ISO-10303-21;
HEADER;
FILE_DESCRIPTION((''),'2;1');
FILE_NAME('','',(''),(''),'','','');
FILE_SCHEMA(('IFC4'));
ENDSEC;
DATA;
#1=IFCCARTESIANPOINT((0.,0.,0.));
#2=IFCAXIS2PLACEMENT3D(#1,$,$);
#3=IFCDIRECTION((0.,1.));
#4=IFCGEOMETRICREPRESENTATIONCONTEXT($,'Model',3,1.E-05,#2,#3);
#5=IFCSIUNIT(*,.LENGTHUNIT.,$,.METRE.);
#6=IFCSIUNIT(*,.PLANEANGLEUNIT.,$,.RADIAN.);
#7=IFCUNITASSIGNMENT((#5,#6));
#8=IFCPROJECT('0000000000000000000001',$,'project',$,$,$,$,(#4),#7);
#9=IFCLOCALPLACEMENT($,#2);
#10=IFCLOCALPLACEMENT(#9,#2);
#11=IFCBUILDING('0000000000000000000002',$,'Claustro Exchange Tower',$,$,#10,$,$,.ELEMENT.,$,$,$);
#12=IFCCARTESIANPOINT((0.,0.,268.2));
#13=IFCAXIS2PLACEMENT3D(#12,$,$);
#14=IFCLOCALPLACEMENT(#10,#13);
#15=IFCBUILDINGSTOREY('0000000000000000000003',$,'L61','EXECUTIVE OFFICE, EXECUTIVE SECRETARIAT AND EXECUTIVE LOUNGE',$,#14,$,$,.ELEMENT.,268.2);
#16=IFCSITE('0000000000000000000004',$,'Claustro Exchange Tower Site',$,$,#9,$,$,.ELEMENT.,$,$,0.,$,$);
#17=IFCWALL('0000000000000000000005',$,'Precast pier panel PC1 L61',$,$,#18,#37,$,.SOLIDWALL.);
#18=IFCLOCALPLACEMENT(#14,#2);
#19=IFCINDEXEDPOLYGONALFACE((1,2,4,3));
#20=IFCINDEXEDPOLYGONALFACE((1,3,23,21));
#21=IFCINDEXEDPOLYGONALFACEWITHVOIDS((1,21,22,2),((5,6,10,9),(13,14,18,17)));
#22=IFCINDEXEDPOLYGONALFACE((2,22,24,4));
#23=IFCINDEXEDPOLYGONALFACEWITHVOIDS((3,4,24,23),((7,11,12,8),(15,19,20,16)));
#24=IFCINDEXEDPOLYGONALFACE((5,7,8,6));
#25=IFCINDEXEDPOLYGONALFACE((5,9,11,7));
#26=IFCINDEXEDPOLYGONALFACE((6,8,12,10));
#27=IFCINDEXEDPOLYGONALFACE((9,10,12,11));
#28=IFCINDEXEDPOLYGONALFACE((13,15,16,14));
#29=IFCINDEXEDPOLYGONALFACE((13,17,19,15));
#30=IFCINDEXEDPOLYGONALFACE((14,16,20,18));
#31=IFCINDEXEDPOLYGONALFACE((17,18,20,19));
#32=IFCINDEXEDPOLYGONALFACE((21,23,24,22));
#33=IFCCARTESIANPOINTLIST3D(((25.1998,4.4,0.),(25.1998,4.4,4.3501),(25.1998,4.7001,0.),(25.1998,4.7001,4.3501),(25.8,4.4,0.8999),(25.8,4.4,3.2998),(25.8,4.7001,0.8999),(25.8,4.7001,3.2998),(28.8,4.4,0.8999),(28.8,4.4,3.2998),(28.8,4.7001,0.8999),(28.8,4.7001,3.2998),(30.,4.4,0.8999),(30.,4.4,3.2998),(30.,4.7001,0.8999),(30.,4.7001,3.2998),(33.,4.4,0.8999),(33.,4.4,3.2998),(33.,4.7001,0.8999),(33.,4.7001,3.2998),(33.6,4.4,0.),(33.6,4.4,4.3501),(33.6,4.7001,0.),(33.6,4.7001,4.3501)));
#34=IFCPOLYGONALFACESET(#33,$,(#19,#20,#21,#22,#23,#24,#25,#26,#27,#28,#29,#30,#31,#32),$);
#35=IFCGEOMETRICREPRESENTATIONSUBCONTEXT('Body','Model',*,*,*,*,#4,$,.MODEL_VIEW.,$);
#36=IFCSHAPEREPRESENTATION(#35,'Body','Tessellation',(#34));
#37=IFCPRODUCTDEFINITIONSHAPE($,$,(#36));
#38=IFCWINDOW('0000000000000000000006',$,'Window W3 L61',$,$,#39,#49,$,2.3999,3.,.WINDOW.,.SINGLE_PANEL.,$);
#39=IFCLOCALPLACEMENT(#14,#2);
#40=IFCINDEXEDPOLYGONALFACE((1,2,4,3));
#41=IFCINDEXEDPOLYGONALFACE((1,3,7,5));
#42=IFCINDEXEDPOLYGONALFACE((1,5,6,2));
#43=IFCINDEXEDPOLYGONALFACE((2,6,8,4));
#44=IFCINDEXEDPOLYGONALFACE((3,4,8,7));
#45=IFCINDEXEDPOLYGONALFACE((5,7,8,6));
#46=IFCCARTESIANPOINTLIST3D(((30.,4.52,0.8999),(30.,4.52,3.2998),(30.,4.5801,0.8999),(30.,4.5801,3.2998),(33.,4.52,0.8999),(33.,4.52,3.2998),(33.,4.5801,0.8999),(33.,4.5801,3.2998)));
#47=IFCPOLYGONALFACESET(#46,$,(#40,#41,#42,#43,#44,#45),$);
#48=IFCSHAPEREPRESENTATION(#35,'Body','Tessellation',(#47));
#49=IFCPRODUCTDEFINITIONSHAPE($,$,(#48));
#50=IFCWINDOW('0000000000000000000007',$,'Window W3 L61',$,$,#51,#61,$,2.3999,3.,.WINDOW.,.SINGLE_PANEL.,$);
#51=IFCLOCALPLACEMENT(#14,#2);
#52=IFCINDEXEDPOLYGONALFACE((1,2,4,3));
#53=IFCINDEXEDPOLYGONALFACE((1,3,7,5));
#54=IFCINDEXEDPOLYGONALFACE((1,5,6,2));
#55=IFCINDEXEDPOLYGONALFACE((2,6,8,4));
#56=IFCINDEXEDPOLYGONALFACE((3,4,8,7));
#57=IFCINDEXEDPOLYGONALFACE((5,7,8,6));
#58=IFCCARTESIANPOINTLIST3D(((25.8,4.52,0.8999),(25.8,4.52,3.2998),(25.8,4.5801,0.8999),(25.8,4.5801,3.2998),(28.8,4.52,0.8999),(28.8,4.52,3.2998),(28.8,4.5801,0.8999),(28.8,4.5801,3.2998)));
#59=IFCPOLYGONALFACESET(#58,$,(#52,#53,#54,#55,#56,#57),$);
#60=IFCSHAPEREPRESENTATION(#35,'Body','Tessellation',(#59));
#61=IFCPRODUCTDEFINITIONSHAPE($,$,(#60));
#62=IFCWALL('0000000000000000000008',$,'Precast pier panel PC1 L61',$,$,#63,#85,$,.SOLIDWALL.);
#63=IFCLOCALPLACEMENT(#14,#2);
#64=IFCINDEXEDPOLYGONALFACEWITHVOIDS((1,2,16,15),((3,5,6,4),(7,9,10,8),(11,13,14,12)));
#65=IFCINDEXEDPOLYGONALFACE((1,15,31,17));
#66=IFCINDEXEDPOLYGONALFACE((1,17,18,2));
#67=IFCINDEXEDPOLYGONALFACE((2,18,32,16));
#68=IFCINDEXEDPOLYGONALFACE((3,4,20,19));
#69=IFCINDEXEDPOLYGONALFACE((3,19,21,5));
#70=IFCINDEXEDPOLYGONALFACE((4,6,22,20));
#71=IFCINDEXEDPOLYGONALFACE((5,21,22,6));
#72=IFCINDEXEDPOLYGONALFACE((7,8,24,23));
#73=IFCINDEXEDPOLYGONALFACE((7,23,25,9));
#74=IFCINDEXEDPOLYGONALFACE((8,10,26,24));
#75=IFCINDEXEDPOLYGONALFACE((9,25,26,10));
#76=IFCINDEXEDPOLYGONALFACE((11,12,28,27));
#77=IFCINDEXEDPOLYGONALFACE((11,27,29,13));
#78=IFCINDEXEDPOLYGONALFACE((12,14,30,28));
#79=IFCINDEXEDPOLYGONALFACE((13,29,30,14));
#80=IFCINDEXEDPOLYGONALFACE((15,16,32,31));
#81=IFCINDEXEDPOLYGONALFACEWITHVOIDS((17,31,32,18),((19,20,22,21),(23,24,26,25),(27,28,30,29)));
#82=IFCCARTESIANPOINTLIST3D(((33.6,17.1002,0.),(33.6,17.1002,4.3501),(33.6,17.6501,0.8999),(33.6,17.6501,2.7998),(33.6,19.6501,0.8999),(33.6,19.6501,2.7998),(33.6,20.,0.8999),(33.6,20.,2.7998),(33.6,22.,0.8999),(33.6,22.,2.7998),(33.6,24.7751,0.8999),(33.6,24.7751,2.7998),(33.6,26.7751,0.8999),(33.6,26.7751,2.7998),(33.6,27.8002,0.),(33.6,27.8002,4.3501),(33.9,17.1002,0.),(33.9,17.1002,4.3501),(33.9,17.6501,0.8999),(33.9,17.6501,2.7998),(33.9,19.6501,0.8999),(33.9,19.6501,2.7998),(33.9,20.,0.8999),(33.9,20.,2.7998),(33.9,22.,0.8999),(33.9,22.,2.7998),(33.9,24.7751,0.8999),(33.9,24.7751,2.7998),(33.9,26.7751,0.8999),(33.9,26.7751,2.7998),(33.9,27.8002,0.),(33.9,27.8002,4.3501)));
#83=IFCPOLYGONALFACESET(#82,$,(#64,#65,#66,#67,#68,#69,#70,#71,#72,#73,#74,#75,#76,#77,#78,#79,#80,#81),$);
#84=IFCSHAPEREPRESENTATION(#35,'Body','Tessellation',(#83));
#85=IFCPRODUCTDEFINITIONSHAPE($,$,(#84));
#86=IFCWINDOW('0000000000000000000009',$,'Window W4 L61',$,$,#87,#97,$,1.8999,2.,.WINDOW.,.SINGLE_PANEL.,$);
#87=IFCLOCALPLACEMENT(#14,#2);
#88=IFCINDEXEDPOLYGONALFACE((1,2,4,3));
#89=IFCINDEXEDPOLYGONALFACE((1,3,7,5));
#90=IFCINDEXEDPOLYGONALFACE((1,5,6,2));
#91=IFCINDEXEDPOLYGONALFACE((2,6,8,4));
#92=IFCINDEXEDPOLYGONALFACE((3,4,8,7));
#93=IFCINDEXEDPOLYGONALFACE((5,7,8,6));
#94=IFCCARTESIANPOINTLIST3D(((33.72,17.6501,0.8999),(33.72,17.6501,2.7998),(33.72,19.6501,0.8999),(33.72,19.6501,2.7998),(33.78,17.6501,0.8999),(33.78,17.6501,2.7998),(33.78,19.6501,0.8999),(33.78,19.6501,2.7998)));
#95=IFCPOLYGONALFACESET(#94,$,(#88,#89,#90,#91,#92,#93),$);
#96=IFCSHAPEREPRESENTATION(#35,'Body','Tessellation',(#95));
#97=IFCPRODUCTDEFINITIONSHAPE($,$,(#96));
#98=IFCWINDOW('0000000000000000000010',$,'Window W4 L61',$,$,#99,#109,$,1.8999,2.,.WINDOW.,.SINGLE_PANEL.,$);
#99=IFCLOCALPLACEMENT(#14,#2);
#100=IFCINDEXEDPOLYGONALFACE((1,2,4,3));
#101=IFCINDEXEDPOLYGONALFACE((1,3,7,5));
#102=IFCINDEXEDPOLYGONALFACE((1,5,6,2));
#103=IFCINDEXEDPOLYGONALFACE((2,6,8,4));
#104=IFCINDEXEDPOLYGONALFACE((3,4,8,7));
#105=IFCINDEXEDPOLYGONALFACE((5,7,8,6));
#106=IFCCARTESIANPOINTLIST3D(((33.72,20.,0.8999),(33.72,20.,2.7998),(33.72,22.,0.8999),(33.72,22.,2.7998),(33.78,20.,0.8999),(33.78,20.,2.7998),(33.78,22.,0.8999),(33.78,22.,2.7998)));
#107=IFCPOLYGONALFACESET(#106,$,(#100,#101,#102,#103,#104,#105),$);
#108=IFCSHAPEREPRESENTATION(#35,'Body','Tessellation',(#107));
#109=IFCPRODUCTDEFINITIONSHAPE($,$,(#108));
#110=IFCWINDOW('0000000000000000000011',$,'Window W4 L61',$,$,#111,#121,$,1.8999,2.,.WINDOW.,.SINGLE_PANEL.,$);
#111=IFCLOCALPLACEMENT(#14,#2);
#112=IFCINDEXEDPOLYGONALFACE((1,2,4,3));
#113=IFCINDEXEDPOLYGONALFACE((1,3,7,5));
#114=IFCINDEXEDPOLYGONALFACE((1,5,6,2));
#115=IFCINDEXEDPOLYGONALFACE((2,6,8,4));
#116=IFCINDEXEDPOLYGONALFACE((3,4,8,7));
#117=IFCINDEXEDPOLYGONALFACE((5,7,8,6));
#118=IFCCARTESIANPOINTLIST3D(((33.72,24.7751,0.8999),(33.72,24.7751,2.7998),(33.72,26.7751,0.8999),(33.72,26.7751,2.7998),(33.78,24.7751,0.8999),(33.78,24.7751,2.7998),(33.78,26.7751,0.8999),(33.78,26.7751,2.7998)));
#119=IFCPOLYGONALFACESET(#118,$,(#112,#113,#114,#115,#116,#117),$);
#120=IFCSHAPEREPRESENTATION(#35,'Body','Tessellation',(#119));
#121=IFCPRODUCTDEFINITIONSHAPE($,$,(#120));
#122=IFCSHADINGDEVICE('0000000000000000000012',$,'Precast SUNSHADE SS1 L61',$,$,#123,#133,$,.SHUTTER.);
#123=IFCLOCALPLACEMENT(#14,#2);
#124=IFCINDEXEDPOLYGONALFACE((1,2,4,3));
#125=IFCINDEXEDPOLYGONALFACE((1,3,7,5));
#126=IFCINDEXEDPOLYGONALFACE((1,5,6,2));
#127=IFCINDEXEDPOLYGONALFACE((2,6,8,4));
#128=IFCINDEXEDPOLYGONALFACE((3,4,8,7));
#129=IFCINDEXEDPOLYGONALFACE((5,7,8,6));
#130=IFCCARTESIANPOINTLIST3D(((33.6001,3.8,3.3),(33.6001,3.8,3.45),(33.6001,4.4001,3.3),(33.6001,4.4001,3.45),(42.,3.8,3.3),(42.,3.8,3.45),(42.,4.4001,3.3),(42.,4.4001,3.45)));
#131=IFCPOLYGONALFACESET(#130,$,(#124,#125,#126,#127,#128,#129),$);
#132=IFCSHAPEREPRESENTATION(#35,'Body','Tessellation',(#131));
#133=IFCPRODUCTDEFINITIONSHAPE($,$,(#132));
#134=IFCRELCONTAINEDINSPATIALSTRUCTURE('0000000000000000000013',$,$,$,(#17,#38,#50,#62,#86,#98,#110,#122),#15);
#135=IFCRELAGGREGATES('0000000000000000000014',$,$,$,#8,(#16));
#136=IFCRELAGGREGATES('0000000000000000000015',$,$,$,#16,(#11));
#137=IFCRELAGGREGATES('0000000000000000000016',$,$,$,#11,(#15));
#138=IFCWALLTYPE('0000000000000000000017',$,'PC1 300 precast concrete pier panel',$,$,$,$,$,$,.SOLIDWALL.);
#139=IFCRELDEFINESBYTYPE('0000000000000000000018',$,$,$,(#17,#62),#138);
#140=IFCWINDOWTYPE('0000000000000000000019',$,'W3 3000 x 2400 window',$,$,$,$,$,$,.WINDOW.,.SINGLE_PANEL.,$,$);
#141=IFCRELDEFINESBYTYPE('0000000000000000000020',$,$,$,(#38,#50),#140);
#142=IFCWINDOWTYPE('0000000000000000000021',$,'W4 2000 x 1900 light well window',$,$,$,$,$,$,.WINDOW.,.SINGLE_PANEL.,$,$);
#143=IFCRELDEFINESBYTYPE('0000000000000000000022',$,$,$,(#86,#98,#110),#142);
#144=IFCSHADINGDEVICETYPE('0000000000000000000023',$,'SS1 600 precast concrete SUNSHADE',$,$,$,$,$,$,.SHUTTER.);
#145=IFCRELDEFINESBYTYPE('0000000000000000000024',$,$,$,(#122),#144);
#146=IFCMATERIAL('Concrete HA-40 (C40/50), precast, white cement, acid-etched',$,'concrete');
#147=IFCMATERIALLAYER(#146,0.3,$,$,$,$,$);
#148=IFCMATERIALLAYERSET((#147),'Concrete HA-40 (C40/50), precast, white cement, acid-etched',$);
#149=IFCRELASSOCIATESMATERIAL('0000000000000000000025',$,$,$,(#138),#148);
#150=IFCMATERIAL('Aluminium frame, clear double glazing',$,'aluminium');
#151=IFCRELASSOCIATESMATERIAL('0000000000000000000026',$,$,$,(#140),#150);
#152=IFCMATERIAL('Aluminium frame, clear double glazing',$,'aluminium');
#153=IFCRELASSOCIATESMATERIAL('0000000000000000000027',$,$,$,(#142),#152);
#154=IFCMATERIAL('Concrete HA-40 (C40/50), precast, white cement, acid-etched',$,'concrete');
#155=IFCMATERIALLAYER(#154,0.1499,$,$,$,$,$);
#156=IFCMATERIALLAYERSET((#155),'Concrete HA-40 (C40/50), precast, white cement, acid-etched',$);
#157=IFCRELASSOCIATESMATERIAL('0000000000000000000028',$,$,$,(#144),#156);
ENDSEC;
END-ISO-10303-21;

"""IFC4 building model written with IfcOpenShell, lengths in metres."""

from ifc_helpers import new_model, si_unit, direction, frame, frame_2d, origin, origin_2d, place, context, subcontext, project, spatial, rectangle, extrude, material, layer, layer_set, type_object, element, fill, save


model = new_model("IFC4")

# Units and contexts
model_context = context("Model", 3, precision=1e-05, world=origin(), true_north=direction((0.0, 1.0)))
body_context = subcontext(model_context, "Body", "Model", "MODEL_VIEW")
ifc_project = project(units=[si_unit("LENGTHUNIT", "METRE"), si_unit("PLANEANGLEUNIT", "RADIAN")], contexts=[model_context])

# Site, building, storey
site_placement = place(None, origin())
site = spatial("IfcSite", under=ifc_project, at=site_placement, Name="Claustro Exchange Tower Site", CompositionType="ELEMENT", RefElevation=0.0)
building_placement = place(site_placement, origin())
building = spatial("IfcBuilding", under=site, at=building_placement, Name="Claustro Exchange Tower", CompositionType="ELEMENT")
storey_placement = place(building_placement, frame((0.0, 0.0, 268.2)))
storey = spatial("IfcBuildingStorey", under=building, at=storey_placement, Name="L61", Description="EXECUTIVE OFFICE, EXECUTIVE SECRETARIAT AND EXECUTIVE LOUNGE", CompositionType="ELEMENT", Elevation=268.2)

# Walls, openings, windows
ifc_material_1 = material(Name="Concrete HA-40 (C40/50), precast, white cement, acid-etched", Category="concrete")
ifc_layer_1 = layer(ifc_material_1, 0.3)
ifc_layer_set_1 = layer_set([ifc_layer_1], Name="Concrete HA-40 (C40/50), precast, white cement, acid-etched")
wall_type_1 = type_object("IfcWallType", Name="PC1 300 precast concrete pier panel", PredefinedType="SOLIDWALL", material=ifc_layer_set_1)
wall_1_placement = place(storey_placement, frame((33.6001, 4.55, 0.0), z_axis=(0.0, 0.0, 1.0), x_axis=(-1.0, 0.0, 0.0)))
wall_1 = element("IfcWall", 1, at=wall_1_placement, inside=storey, type_object=wall_type_1, Name="Precast pier panel PC1 L61", PredefinedType="SOLIDWALL", context=body_context, shape_type="SweptSolid", body=[
    extrude(rectangle(XDim=8.4001, YDim=0.3, at=frame_2d((4.2002, 0.0))), origin(), (0.0, 0.0, 1.0), 4.3501),
])
opening_1_placement = place(wall_1_placement, frame((0.6001, 0.0, 0.8999)))
opening_1 = element("IfcOpeningElement", 2, at=opening_1_placement, cuts=wall_1, PredefinedType="OPENING", context=body_context, shape_type="SweptSolid", body=[
    extrude(rectangle(XDim=3.0, YDim=2.3999, at=frame_2d((1.5, 1.2))), frame((0.0, 0.1599, 0.0), z_axis=(0.0, -1.0, 0.0), x_axis=(1.0, 0.0, 0.0)), (0.0, 0.0, 1.0), 0.3201),
])
opening_2_placement = place(wall_1_placement, frame((4.8, 0.0, 0.8999)))
opening_2 = element("IfcOpeningElement", 3, at=opening_2_placement, cuts=wall_1, PredefinedType="OPENING", context=body_context, shape_type="SweptSolid", body=[
    extrude(rectangle(XDim=3.0, YDim=2.3999, at=frame_2d((1.5, 1.2))), frame((0.0, 0.1599, 0.0), z_axis=(0.0, -1.0, 0.0), x_axis=(1.0, 0.0, 0.0)), (0.0, 0.0, 1.0), 0.3201),
])
ifc_material_2 = material(Name="Aluminium frame, clear double glazing", Category="aluminium")
window_type_1 = type_object("IfcWindowType", Name="W3 3000 x 2400 window", PartitioningType="SINGLE_PANEL", PredefinedType="WINDOW", material=ifc_material_2)
window_1_placement = place(opening_1_placement, origin())
window_1 = element("IfcWindow", 4, at=window_1_placement, inside=storey, type_object=window_type_1, Name="Window W3 L61", OverallHeight=2.3999, OverallWidth=3.0, PartitioningType="SINGLE_PANEL", PredefinedType="WINDOW", context=body_context, shape_type="SweptSolid", body=[
    extrude(rectangle(XDim=3.0, YDim=2.3999, at=frame_2d((1.5, 1.2))), frame((0.0, 0.03, 0.0), z_axis=(0.0, -1.0, 0.0), x_axis=(1.0, 0.0, 0.0)), (0.0, 0.0, 1.0), 0.0601),
])
fill(opening_1, window_1)
window_2_placement = place(opening_2_placement, origin())
window_2 = element("IfcWindow", 5, at=window_2_placement, inside=storey, type_object=window_type_1, Name="Window W3 L61", OverallHeight=2.3999, OverallWidth=3.0, PartitioningType="SINGLE_PANEL", PredefinedType="WINDOW", context=body_context, shape_type="SweptSolid", body=[
    extrude(rectangle(XDim=3.0, YDim=2.3999, at=frame_2d((1.5, 1.2))), frame((0.0, 0.03, 0.0), z_axis=(0.0, -1.0, 0.0), x_axis=(1.0, 0.0, 0.0)), (0.0, 0.0, 1.0), 0.0601),
])
fill(opening_2, window_2)
wall_2_placement = place(storey_placement, frame((33.75, 17.1001, 0.0), z_axis=(0.0, 0.0, 1.0), x_axis=(0.0, 1.0, 0.0)))
wall_2 = element("IfcWall", 6, at=wall_2_placement, inside=storey, type_object=wall_type_1, Name="Precast pier panel PC1 L61", PredefinedType="SOLIDWALL", context=body_context, shape_type="SweptSolid", body=[
    extrude(rectangle(XDim=10.7, YDim=0.3, at=frame_2d((5.3501, 0.0))), origin(), (0.0, 0.0, 1.0), 4.3501),
])
opening_3_placement = place(wall_2_placement, frame((0.55, 0.0, 0.8999)))
opening_3 = element("IfcOpeningElement", 7, at=opening_3_placement, cuts=wall_2, PredefinedType="OPENING", context=body_context, shape_type="SweptSolid", body=[
    extrude(rectangle(XDim=2.0, YDim=1.8999, at=frame_2d((1.0, 0.95))), frame((0.0, 0.1599, 0.0), z_axis=(0.0, -1.0, 0.0), x_axis=(1.0, 0.0, 0.0)), (0.0, 0.0, 1.0), 0.3201),
])
opening_4_placement = place(wall_2_placement, frame((2.8999, 0.0, 0.8999)))
opening_4 = element("IfcOpeningElement", 8, at=opening_4_placement, cuts=wall_2, PredefinedType="OPENING", context=body_context, shape_type="SweptSolid", body=[
    extrude(rectangle(XDim=2.0, YDim=1.8999, at=frame_2d((1.0, 0.95))), frame((0.0, 0.1599, 0.0), z_axis=(0.0, -1.0, 0.0), x_axis=(1.0, 0.0, 0.0)), (0.0, 0.0, 1.0), 0.3201),
])
opening_5_placement = place(wall_2_placement, frame((7.675, 0.0, 0.8999)))
opening_5 = element("IfcOpeningElement", 9, at=opening_5_placement, cuts=wall_2, PredefinedType="OPENING", context=body_context, shape_type="SweptSolid", body=[
    extrude(rectangle(XDim=2.0, YDim=1.8999, at=frame_2d((1.0, 0.95))), frame((0.0, 0.1599, 0.0), z_axis=(0.0, -1.0, 0.0), x_axis=(1.0, 0.0, 0.0)), (0.0, 0.0, 1.0), 0.3201),
])
ifc_material_3 = material(Name="Aluminium frame, clear double glazing", Category="aluminium")
window_type_2 = type_object("IfcWindowType", Name="W4 2000 x 1900 light well window", PartitioningType="SINGLE_PANEL", PredefinedType="WINDOW", material=ifc_material_3)
window_3_placement = place(opening_3_placement, origin())
window_3 = element("IfcWindow", 10, at=window_3_placement, inside=storey, type_object=window_type_2, Name="Window W4 L61", OverallHeight=1.8999, OverallWidth=2.0, PartitioningType="SINGLE_PANEL", PredefinedType="WINDOW", context=body_context, shape_type="SweptSolid", body=[
    extrude(rectangle(XDim=2.0, YDim=1.8999, at=frame_2d((1.0, 0.95))), frame((0.0, 0.03, 0.0), z_axis=(0.0, -1.0, 0.0), x_axis=(1.0, 0.0, 0.0)), (0.0, 0.0, 1.0), 0.0601),
])
fill(opening_3, window_3)
window_4_placement = place(opening_4_placement, origin())
window_4 = element("IfcWindow", 11, at=window_4_placement, inside=storey, type_object=window_type_2, Name="Window W4 L61", OverallHeight=1.8999, OverallWidth=2.0, PartitioningType="SINGLE_PANEL", PredefinedType="WINDOW", context=body_context, shape_type="SweptSolid", body=[
    extrude(rectangle(XDim=2.0, YDim=1.8999, at=frame_2d((1.0, 0.95))), frame((0.0, 0.03, 0.0), z_axis=(0.0, -1.0, 0.0), x_axis=(1.0, 0.0, 0.0)), (0.0, 0.0, 1.0), 0.0601),
])
fill(opening_4, window_4)
window_5_placement = place(opening_5_placement, origin())
window_5 = element("IfcWindow", 12, at=window_5_placement, inside=storey, type_object=window_type_2, Name="Window W4 L61", OverallHeight=1.8999, OverallWidth=2.0, PartitioningType="SINGLE_PANEL", PredefinedType="WINDOW", context=body_context, shape_type="SweptSolid", body=[
    extrude(rectangle(XDim=2.0, YDim=1.8999, at=frame_2d((1.0, 0.95))), frame((0.0, 0.03, 0.0), z_axis=(0.0, -1.0, 0.0), x_axis=(1.0, 0.0, 0.0)), (0.0, 0.0, 1.0), 0.0601),
])
fill(opening_5, window_5)

# Shading device
ifc_material_4 = material(Name="Concrete HA-40 (C40/50), precast, white cement, acid-etched", Category="concrete")
ifc_layer_2 = layer(ifc_material_4, 0.1499)
ifc_layer_set_2 = layer_set([ifc_layer_2], Name="Concrete HA-40 (C40/50), precast, white cement, acid-etched")
shading_device_type = type_object("IfcShadingDeviceType", Name="SS1 600 precast concrete SUNSHADE", PredefinedType="SHUTTER", material=ifc_layer_set_2)
shading_device_placement = place(storey_placement, frame((37.8, 4.1001, 3.3), z_axis=(0.0, 0.0, 1.0), x_axis=(-1.0, 0.0, 0.0)))
element("IfcShadingDevice", 13, at=shading_device_placement, inside=storey, type_object=shading_device_type, Name="Precast SUNSHADE SS1 L61", PredefinedType="SHUTTER", context=body_context, shape_type="SweptSolid", body=[
    extrude(rectangle(XDim=8.3999, YDim=0.6001, at=origin_2d()), origin(), (0.0, 0.0, 1.0), 0.1499),
])

save(model, "model.ifc")
